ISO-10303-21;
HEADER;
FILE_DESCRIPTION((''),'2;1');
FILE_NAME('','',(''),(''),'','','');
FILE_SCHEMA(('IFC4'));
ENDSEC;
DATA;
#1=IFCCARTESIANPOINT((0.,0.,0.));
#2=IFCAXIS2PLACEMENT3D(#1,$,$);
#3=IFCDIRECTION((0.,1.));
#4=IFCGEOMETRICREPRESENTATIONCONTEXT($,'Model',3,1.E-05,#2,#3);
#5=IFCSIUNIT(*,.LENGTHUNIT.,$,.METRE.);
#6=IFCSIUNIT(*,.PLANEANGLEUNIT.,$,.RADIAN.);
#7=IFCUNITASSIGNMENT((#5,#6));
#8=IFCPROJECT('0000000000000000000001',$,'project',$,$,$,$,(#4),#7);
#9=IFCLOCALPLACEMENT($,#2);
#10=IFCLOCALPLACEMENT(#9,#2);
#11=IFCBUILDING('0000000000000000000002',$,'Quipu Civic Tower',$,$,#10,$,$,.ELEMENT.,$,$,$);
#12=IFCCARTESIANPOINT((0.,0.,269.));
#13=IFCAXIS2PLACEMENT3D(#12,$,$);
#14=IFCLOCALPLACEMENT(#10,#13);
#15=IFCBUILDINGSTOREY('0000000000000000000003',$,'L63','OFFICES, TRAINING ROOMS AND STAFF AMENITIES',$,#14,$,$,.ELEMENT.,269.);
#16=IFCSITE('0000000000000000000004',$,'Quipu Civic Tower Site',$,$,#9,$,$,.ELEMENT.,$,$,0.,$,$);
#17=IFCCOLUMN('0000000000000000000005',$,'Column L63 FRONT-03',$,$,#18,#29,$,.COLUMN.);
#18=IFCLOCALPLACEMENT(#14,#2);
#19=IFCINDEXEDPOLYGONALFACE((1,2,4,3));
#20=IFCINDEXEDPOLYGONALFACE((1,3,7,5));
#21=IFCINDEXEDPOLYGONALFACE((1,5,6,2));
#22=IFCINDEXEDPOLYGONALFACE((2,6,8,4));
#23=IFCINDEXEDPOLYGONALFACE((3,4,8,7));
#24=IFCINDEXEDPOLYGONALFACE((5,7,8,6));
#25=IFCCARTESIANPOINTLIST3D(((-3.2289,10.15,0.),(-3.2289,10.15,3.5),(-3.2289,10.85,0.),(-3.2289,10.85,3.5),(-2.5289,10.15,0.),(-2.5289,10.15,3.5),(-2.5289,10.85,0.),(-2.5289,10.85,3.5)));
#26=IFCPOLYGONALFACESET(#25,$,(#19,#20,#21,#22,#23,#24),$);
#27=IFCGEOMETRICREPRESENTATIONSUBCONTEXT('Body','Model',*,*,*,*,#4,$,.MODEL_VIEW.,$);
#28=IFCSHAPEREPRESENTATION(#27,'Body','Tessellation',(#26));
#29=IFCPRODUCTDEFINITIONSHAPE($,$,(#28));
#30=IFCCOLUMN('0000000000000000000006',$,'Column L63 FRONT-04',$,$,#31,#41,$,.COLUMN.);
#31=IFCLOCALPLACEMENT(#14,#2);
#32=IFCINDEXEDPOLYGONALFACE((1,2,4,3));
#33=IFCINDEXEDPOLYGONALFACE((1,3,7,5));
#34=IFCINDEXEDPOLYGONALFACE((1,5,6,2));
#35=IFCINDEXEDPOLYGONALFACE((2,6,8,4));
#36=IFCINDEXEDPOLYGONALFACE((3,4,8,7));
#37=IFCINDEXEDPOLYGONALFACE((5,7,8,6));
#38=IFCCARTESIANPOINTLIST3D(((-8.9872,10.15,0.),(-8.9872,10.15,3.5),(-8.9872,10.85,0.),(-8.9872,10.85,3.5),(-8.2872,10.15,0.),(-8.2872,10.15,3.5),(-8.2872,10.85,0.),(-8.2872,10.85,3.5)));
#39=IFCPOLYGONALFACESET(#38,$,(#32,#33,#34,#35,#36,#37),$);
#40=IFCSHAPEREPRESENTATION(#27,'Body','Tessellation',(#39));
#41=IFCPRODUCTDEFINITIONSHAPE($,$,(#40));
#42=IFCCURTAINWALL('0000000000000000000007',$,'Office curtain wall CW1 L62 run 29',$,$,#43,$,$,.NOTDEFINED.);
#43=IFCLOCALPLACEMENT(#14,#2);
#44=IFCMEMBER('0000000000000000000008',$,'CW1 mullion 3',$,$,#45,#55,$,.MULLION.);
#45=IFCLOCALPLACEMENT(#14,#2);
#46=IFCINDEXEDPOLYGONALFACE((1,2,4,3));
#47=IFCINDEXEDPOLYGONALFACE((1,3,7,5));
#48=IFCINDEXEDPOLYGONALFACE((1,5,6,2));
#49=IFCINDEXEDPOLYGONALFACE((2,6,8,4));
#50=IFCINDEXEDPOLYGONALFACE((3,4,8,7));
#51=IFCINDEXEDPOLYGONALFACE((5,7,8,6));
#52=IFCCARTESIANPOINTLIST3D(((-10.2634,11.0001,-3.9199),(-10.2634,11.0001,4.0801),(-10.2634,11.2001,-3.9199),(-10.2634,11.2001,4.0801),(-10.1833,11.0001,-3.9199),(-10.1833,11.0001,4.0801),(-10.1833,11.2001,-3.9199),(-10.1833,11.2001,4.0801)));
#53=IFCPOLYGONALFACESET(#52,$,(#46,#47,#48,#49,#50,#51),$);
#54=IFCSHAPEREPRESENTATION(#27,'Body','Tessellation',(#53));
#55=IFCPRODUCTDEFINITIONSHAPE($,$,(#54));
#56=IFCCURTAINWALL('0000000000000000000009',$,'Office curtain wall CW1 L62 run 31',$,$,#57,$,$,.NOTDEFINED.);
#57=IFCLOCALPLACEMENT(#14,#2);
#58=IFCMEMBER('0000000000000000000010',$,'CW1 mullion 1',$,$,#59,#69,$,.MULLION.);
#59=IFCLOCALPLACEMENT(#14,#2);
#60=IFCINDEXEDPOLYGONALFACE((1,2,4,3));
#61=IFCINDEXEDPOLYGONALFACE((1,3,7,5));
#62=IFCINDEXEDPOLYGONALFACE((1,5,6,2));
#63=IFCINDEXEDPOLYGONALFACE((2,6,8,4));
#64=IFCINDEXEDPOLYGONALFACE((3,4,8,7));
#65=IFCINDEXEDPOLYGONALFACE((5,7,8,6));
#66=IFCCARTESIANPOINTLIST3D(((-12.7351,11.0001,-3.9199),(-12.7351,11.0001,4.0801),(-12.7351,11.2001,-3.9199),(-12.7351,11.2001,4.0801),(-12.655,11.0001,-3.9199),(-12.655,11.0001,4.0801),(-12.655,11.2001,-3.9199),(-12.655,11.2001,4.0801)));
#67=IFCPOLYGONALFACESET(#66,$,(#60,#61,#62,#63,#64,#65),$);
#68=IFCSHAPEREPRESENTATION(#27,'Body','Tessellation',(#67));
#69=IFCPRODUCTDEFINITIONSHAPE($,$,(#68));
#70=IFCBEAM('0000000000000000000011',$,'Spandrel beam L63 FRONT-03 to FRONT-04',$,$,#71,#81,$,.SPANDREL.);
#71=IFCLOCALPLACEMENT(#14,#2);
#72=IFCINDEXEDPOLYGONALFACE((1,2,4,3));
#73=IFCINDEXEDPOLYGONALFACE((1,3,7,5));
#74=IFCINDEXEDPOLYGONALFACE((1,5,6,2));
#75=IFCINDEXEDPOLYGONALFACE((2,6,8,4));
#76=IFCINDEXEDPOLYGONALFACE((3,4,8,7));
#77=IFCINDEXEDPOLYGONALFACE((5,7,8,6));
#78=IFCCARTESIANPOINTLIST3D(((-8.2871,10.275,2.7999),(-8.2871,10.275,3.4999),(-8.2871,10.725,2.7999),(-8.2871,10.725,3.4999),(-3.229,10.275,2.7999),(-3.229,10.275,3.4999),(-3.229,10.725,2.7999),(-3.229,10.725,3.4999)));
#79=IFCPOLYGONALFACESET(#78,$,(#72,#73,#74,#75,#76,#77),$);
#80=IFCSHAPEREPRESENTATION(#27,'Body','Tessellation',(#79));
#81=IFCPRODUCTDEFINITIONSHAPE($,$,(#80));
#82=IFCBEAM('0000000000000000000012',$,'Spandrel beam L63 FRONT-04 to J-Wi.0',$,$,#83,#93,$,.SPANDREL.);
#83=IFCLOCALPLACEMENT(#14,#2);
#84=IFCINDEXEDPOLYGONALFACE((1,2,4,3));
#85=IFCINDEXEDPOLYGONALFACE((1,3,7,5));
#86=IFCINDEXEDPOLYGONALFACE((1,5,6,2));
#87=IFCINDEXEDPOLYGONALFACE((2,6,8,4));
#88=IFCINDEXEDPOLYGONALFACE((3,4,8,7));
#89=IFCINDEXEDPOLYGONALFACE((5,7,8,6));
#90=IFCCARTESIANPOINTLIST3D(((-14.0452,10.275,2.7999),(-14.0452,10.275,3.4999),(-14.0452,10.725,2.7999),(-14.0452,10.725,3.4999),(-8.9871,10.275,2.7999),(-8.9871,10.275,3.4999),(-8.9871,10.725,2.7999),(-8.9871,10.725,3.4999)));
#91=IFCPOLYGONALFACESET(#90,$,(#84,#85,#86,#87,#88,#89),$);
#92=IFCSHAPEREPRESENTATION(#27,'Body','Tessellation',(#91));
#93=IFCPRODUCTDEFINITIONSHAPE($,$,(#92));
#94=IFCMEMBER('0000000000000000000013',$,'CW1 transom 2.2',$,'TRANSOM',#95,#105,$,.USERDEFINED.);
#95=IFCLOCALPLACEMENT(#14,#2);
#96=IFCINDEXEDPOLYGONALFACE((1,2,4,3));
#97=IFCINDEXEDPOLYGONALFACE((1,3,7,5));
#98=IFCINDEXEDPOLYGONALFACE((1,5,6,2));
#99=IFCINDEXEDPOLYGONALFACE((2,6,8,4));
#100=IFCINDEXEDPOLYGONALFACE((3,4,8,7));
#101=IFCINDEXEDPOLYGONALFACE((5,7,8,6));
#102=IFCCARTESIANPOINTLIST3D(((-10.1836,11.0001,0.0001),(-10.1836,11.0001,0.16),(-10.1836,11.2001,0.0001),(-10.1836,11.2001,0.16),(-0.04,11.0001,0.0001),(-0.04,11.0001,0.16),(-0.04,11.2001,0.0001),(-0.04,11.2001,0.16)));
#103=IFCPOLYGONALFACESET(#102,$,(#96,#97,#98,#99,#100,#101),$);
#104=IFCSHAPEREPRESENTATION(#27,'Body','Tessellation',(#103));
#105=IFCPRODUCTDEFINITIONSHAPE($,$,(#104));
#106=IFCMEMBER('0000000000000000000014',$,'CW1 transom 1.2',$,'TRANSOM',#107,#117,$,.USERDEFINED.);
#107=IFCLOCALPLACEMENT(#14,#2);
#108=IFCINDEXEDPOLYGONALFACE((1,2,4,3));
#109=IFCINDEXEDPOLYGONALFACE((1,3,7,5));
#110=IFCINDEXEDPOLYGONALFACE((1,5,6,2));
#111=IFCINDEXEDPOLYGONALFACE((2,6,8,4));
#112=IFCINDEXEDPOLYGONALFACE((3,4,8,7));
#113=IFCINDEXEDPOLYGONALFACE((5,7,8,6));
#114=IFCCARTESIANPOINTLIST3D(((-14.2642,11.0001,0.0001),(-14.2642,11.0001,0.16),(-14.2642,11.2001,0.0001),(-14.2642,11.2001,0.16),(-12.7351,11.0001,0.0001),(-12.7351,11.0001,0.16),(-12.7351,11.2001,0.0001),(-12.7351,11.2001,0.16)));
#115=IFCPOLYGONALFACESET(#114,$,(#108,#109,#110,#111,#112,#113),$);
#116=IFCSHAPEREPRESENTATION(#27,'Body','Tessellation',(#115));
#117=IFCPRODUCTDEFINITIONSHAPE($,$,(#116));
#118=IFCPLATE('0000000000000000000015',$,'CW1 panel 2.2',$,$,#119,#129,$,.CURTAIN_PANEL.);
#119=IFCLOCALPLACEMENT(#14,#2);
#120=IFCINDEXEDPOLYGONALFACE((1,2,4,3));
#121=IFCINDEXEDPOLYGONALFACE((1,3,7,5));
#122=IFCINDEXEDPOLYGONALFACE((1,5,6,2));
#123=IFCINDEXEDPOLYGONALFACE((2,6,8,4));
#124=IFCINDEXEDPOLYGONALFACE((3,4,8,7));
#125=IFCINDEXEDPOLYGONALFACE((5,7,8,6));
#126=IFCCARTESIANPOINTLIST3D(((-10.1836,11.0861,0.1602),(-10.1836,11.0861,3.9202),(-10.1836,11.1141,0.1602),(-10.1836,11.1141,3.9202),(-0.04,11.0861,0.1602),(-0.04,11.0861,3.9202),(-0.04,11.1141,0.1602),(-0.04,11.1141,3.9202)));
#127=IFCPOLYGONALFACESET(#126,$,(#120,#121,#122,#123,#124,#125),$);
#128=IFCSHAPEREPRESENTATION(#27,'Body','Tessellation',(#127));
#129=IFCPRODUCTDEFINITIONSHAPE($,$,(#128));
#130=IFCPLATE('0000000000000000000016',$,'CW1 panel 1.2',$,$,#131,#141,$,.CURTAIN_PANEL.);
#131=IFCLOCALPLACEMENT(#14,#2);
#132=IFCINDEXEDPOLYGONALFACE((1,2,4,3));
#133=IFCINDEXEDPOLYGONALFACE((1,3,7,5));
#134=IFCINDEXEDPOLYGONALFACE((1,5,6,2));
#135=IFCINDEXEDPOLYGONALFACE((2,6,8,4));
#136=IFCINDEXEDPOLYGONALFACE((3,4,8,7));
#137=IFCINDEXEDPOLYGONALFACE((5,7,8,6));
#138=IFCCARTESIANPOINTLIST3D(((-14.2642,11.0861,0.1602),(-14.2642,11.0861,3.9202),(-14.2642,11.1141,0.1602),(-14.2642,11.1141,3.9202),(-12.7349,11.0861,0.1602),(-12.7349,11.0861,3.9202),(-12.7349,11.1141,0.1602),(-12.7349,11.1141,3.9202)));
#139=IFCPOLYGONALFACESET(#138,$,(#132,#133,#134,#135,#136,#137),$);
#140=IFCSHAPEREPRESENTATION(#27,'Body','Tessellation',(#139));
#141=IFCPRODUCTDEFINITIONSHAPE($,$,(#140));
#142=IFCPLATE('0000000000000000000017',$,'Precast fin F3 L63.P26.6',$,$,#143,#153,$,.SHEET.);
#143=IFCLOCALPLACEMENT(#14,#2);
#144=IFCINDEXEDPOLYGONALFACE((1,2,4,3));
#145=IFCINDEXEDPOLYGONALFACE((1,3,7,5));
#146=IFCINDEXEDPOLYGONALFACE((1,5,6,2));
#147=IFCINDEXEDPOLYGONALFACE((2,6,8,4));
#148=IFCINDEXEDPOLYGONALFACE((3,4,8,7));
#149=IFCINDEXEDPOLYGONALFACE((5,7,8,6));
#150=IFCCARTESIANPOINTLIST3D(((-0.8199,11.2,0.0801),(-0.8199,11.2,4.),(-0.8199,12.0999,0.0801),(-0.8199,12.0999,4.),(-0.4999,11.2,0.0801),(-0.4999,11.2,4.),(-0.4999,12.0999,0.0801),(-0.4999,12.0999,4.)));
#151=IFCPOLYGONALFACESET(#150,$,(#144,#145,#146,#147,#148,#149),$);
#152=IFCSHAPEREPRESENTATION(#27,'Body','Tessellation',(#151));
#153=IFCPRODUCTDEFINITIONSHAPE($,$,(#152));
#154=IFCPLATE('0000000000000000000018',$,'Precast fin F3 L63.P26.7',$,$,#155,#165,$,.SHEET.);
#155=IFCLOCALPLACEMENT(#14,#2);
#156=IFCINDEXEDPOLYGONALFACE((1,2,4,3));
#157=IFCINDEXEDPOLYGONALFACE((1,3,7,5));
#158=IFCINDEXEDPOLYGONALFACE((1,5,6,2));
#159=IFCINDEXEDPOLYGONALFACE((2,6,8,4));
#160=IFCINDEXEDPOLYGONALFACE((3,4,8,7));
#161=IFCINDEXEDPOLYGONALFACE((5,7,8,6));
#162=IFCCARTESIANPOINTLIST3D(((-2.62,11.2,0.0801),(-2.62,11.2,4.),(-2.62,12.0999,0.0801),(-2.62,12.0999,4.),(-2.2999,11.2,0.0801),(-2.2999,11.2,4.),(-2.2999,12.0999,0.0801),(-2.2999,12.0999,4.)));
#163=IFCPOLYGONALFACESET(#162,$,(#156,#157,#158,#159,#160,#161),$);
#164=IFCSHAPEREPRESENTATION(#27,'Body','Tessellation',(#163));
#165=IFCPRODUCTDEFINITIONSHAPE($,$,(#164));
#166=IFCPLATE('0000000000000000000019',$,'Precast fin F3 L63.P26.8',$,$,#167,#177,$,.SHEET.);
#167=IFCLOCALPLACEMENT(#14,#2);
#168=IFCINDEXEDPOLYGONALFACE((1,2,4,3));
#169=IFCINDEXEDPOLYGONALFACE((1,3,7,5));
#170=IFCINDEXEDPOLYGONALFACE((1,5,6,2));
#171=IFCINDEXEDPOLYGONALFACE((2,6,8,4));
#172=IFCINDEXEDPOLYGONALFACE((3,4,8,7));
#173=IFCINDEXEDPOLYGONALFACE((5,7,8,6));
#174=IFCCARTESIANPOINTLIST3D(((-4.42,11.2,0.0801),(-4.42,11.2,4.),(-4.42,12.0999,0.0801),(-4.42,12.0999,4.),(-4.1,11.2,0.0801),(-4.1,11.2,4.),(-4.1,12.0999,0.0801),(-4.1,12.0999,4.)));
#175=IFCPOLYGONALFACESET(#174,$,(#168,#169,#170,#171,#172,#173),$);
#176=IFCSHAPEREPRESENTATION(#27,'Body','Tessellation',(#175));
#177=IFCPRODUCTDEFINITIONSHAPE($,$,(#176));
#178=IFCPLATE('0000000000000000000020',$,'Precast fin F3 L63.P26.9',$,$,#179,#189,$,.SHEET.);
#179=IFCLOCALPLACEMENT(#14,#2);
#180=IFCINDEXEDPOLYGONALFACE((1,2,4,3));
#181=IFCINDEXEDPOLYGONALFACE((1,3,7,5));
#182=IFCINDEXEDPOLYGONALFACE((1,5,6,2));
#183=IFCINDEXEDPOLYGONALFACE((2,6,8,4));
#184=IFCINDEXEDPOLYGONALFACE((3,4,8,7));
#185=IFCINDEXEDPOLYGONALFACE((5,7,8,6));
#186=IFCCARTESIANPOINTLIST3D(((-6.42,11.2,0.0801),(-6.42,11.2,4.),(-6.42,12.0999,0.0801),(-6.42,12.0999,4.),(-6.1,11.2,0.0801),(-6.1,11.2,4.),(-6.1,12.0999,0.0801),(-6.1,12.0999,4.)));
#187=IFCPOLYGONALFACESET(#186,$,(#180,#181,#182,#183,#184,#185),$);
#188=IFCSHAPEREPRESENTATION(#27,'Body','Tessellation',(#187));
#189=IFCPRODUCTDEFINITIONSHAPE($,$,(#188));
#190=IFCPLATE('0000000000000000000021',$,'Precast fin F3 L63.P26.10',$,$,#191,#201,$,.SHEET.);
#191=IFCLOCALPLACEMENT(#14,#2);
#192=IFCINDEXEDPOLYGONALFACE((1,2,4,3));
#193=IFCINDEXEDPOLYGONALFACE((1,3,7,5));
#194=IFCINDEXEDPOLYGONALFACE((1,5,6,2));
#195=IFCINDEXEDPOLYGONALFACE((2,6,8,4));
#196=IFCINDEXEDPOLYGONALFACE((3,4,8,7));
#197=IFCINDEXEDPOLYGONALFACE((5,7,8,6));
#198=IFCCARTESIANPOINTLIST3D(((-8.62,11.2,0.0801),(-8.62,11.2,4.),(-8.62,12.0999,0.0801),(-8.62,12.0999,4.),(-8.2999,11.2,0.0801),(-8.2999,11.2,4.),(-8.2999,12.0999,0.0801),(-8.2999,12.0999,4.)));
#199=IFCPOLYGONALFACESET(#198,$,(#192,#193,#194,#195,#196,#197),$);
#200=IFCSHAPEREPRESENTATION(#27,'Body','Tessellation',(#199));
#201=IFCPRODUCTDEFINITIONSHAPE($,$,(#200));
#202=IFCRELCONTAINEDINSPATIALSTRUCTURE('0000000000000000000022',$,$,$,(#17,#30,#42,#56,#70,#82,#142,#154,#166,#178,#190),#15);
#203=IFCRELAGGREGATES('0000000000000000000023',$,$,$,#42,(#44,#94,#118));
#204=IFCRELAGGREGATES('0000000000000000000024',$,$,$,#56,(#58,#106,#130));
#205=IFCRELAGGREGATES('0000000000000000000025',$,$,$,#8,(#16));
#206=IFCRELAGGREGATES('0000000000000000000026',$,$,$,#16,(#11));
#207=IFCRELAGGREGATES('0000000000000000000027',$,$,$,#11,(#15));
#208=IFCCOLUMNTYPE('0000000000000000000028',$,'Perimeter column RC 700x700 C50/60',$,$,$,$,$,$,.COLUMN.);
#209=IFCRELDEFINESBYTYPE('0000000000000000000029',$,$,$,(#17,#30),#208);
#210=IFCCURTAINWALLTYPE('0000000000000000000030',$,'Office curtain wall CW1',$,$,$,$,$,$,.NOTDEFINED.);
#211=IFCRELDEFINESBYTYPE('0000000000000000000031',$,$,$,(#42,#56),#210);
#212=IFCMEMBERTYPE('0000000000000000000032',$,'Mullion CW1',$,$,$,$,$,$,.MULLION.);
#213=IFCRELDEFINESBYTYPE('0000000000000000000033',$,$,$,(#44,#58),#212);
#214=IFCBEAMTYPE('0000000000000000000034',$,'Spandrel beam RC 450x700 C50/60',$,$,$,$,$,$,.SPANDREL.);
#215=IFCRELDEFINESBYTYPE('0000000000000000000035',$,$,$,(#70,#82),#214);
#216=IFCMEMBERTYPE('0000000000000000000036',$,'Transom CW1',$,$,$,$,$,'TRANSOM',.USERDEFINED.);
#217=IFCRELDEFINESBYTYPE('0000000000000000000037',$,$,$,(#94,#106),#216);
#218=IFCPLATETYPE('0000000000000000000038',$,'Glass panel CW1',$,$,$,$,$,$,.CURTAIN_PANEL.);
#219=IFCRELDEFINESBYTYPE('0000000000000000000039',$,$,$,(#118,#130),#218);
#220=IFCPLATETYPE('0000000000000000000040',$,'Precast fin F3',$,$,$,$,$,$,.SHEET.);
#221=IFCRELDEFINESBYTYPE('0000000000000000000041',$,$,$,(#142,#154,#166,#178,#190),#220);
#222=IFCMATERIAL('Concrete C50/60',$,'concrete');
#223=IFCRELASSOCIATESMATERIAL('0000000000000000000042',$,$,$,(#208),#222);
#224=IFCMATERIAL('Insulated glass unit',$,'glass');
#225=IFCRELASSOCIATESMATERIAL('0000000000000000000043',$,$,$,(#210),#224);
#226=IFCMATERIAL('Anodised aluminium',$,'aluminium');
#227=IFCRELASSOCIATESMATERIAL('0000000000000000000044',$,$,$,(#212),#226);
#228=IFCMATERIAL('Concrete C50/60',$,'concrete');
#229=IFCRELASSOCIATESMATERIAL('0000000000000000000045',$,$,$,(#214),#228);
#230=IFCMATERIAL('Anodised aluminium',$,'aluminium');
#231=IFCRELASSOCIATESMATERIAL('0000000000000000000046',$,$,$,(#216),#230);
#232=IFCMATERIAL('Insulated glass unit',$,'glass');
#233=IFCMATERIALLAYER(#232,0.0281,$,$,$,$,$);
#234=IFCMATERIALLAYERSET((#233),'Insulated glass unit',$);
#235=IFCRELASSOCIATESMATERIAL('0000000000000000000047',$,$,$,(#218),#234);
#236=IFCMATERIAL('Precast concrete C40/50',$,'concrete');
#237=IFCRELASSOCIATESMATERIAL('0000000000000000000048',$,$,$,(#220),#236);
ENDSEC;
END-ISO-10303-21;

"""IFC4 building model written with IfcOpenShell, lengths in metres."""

from ifc_helpers import new_model, si_unit, direction, frame, origin, origin_2d, place, context, subcontext, project, spatial, rectangle, extrude, material, layer, layer_set, material_profile, profile_set, type_object, element, aggregate, save


model = new_model("IFC4")

# Units and contexts
model_context = context("Model", 3, precision=1e-05, world=origin(), true_north=direction((0.0, 1.0)))
body_context = subcontext(model_context, "Body", "Model", "MODEL_VIEW")
ifc_project = project(units=[si_unit("LENGTHUNIT", "METRE"), si_unit("PLANEANGLEUNIT", "RADIAN")], contexts=[model_context])

# Site, building, storey
site_placement = place(None, origin())
site = spatial("IfcSite", under=ifc_project, at=site_placement, Name="Quipu Civic Tower Site", CompositionType="ELEMENT", RefElevation=0.0)
building_placement = place(site_placement, origin())
building = spatial("IfcBuilding", under=site, at=building_placement, Name="Quipu Civic Tower", CompositionType="ELEMENT")
storey_placement = place(building_placement, frame((0.0, 0.0, 269.0)))
storey = spatial("IfcBuildingStorey", under=building, at=storey_placement, Name="L63", Description="OFFICES, TRAINING ROOMS AND STAFF AMENITIES", CompositionType="ELEMENT", Elevation=269.0)

# Columns
ifc_material_1 = material(Name="Concrete C50/60", Category="concrete")
ifc_material_profile_1 = material_profile(ifc_material_1, rectangle(XDim=0.7, YDim=0.7, at=origin_2d()), Name="RC700x700")
ifc_profile_set_1 = profile_set([ifc_material_profile_1], Name="Concrete C50/60")
column_type = type_object("IfcColumnType", Name="Perimeter column RC 700x700 C50/60", PredefinedType="COLUMN", material=ifc_profile_set_1)
for number, where, z_axis, x_axis, name in (
    (1, (-2.8789, 10.5, 0.0), (0.0, 0.0, 1.0), (-1.0, 0.0, 0.0), "Column L63 FRONT-03"),
    (2, (-8.6372, 10.5, 0.0), (0.0, 0.0, 1.0), (-1.0, 0.0, 0.0), "Column L63 FRONT-04"),
):
    element("IfcColumn", number, at=place(storey_placement, frame(where, z_axis=z_axis, x_axis=x_axis)), inside=storey, type_object=column_type, Name=name, PredefinedType="COLUMN", context=body_context, shape_type="SweptSolid", body=[
        extrude(rectangle(XDim=0.7, YDim=0.7, at=origin_2d()), origin(), (0.0, 0.0, 1.0), 3.5),
    ])

# Curtain walls, members
ifc_material_2 = material(Name="Insulated glass unit", Category="glass")
curtain_wall_type = type_object("IfcCurtainWallType", Name="Office curtain wall CW1", PredefinedType="NOTDEFINED", material=ifc_material_2)
curtain_wall_1_placement = place(storey_placement, origin())
curtain_wall_1 = element("IfcCurtainWall", 3, at=curtain_wall_1_placement, inside=storey, type_object=curtain_wall_type, Name="Office curtain wall CW1 L62 run 29", PredefinedType="NOTDEFINED")
ifc_material_3 = material(Name="Anodised aluminium", Category="aluminium")
ifc_material_profile_2 = material_profile(ifc_material_3, rectangle(XDim=0.2, YDim=0.0801, at=origin_2d()), Name="RECT 200x80")
ifc_profile_set_2 = profile_set([ifc_material_profile_2], Name="Anodised aluminium")
member_type_1 = type_object("IfcMemberType", Name="Mullion CW1", PredefinedType="MULLION", material=ifc_profile_set_2)
member_1_placement = place(storey_placement, frame((-10.2234, 11.1001, -3.9199), z_axis=(0.0, 0.0, 1.0), x_axis=(0.0, -1.0, 0.0)))
member_1 = element("IfcMember", 4, at=member_1_placement, type_object=member_type_1, Name="CW1 mullion 3", PredefinedType="MULLION", context=body_context, shape_type="SweptSolid", body=[
    extrude(rectangle(XDim=0.2, YDim=0.0801, at=origin_2d()), origin(), (0.0, 0.0, 1.0), 8.0),
])
curtain_wall_2_placement = place(storey_placement, origin())
curtain_wall_2 = element("IfcCurtainWall", 5, at=curtain_wall_2_placement, inside=storey, type_object=curtain_wall_type, Name="Office curtain wall CW1 L62 run 31", PredefinedType="NOTDEFINED")
member_2_placement = place(storey_placement, frame((-12.6951, 11.1001, -3.9199), z_axis=(0.0, 0.0, 1.0), x_axis=(0.0, -1.0, 0.0)))
member_2 = element("IfcMember", 6, at=member_2_placement, type_object=member_type_1, Name="CW1 mullion 1", PredefinedType="MULLION", context=body_context, shape_type="SweptSolid", body=[
    extrude(rectangle(XDim=0.2, YDim=0.0801, at=origin_2d()), origin(), (0.0, 0.0, 1.0), 8.0),
])

# Beams
ifc_material_4 = material(Name="Concrete C50/60", Category="concrete")
ifc_material_profile_3 = material_profile(ifc_material_4, rectangle(XDim=0.45, YDim=0.7, at=origin_2d()), Name="RC450x700")
ifc_profile_set_3 = profile_set([ifc_material_profile_3], Name="Concrete C50/60")
beam_type = type_object("IfcBeamType", Name="Spandrel beam RC 450x700 C50/60", PredefinedType="SPANDREL", material=ifc_profile_set_3)
for number, where, z_axis, x_axis, name in (
    (7, (-3.229, 10.5, 3.1499), (-1.0, 0.0, 0.0), (0.0, -1.0, 0.0), "Spandrel beam L63 FRONT-03 to FRONT-04"),
    (8, (-8.9871, 10.5, 3.1499), (-1.0, 0.0, 0.0), (0.0, -1.0, 0.0), "Spandrel beam L63 FRONT-04 to J-Wi.0"),
):
    element("IfcBeam", number, at=place(storey_placement, frame(where, z_axis=z_axis, x_axis=x_axis)), inside=storey, type_object=beam_type, Name=name, PredefinedType="SPANDREL", context=body_context, shape_type="SweptSolid", body=[
        extrude(rectangle(XDim=0.45, YDim=0.7, at=origin_2d()), origin(), (0.0, 0.0, 1.0), 5.0581),
    ])

# Members
ifc_material_5 = material(Name="Anodised aluminium", Category="aluminium")
ifc_material_profile_4 = material_profile(ifc_material_5, rectangle(XDim=0.2, YDim=0.1599, at=origin_2d()), Name="RECT 200x160")
ifc_profile_set_4 = profile_set([ifc_material_profile_4], Name="Anodised aluminium")
member_type_2 = type_object("IfcMemberType", Name="Transom CW1", ElementType="TRANSOM", PredefinedType="USERDEFINED", material=ifc_profile_set_4)
member_3_placement = place(storey_placement, frame((-0.04, 11.1001, 0.0801), z_axis=(-1.0, 0.0, 0.0), x_axis=(0.0, -1.0, 0.0)))
member_3 = element("IfcMember", 9, at=member_3_placement, type_object=member_type_2, Name="CW1 transom 2.2", ObjectType="TRANSOM", PredefinedType="USERDEFINED", context=body_context, shape_type="SweptSolid", body=[
    extrude(rectangle(XDim=0.2, YDim=0.1599, at=origin_2d()), origin(), (0.0, 0.0, 1.0), 10.1436),
])
member_4_placement = place(storey_placement, frame((-12.7351, 11.1001, 0.0801), z_axis=(-1.0, 0.0, 0.0), x_axis=(0.0, -1.0, 0.0)))
member_4 = element("IfcMember", 10, at=member_4_placement, type_object=member_type_2, Name="CW1 transom 1.2", ObjectType="TRANSOM", PredefinedType="USERDEFINED", context=body_context, shape_type="SweptSolid", body=[
    extrude(rectangle(XDim=0.2, YDim=0.1599, at=origin_2d()), origin(), (0.0, 0.0, 1.0), 1.5291),
])

# Plates
ifc_material_6 = material(Name="Insulated glass unit", Category="glass")
ifc_layer_1 = layer(ifc_material_6, 0.0281)
ifc_layer_set_1 = layer_set([ifc_layer_1], Name="Insulated glass unit")
plate_type_1 = type_object("IfcPlateType", Name="Glass panel CW1", PredefinedType="CURTAIN_PANEL", material=ifc_layer_set_1)
plate_1_placement = place(storey_placement, frame((-5.1118, 11.1001, 0.1602), z_axis=(0.0, 0.0, 1.0), x_axis=(-1.0, 0.0, 0.0)))
plate_1 = element("IfcPlate", 11, at=plate_1_placement, type_object=plate_type_1, Name="CW1 panel 2.2", PredefinedType="CURTAIN_PANEL", context=body_context, shape_type="SweptSolid", body=[
    extrude(rectangle(XDim=10.1436, YDim=0.0281, at=origin_2d()), origin(), (0.0, 0.0, 1.0), 3.76),
])
aggregate(curtain_wall_1, [member_1, member_3, plate_1])
plate_2_placement = place(storey_placement, frame((-13.4995, 11.1001, 0.1602), z_axis=(0.0, 0.0, 1.0), x_axis=(-1.0, 0.0, 0.0)))
plate_2 = element("IfcPlate", 12, at=plate_2_placement, type_object=plate_type_1, Name="CW1 panel 1.2", PredefinedType="CURTAIN_PANEL", context=body_context, shape_type="SweptSolid", body=[
    extrude(rectangle(XDim=1.5293, YDim=0.0281, at=origin_2d()), origin(), (0.0, 0.0, 1.0), 3.76),
])
aggregate(curtain_wall_2, [member_2, member_4, plate_2])

# Plates
ifc_material_7 = material(Name="Precast concrete C40/50", Category="concrete")
plate_type_2 = type_object("IfcPlateType", Name="Precast fin F3", PredefinedType="SHEET", material=ifc_material_7)
for number, where, z_axis, x_axis, name in (
    (13, (-0.6599, 11.6499, 0.0801), (0.0, 0.0, 1.0), (-1.0, 0.0, 0.0), "Precast fin F3 L63.P26.6"),
    (14, (-2.46, 11.6499, 0.0801), (0.0, 0.0, 1.0), (-1.0, 0.0, 0.0), "Precast fin F3 L63.P26.7"),
    (15, (-4.26, 11.6499, 0.0801), (0.0, 0.0, 1.0), (-1.0, 0.0, 0.0), "Precast fin F3 L63.P26.8"),
    (16, (-6.26, 11.6499, 0.0801), (0.0, 0.0, 1.0), (-1.0, 0.0, 0.0), "Precast fin F3 L63.P26.9"),
    (17, (-8.46, 11.6499, 0.0801), (0.0, 0.0, 1.0), (-1.0, 0.0, 0.0), "Precast fin F3 L63.P26.10"),
):
    element("IfcPlate", number, at=place(storey_placement, frame(where, z_axis=z_axis, x_axis=x_axis)), inside=storey, type_object=plate_type_2, Name=name, PredefinedType="SHEET", context=body_context, shape_type="SweptSolid", body=[
        extrude(rectangle(XDim=0.3201, YDim=0.8999, at=origin_2d()), origin(), (0.0, 0.0, 1.0), 3.9199),
    ])

save(model, "model.ifc")
